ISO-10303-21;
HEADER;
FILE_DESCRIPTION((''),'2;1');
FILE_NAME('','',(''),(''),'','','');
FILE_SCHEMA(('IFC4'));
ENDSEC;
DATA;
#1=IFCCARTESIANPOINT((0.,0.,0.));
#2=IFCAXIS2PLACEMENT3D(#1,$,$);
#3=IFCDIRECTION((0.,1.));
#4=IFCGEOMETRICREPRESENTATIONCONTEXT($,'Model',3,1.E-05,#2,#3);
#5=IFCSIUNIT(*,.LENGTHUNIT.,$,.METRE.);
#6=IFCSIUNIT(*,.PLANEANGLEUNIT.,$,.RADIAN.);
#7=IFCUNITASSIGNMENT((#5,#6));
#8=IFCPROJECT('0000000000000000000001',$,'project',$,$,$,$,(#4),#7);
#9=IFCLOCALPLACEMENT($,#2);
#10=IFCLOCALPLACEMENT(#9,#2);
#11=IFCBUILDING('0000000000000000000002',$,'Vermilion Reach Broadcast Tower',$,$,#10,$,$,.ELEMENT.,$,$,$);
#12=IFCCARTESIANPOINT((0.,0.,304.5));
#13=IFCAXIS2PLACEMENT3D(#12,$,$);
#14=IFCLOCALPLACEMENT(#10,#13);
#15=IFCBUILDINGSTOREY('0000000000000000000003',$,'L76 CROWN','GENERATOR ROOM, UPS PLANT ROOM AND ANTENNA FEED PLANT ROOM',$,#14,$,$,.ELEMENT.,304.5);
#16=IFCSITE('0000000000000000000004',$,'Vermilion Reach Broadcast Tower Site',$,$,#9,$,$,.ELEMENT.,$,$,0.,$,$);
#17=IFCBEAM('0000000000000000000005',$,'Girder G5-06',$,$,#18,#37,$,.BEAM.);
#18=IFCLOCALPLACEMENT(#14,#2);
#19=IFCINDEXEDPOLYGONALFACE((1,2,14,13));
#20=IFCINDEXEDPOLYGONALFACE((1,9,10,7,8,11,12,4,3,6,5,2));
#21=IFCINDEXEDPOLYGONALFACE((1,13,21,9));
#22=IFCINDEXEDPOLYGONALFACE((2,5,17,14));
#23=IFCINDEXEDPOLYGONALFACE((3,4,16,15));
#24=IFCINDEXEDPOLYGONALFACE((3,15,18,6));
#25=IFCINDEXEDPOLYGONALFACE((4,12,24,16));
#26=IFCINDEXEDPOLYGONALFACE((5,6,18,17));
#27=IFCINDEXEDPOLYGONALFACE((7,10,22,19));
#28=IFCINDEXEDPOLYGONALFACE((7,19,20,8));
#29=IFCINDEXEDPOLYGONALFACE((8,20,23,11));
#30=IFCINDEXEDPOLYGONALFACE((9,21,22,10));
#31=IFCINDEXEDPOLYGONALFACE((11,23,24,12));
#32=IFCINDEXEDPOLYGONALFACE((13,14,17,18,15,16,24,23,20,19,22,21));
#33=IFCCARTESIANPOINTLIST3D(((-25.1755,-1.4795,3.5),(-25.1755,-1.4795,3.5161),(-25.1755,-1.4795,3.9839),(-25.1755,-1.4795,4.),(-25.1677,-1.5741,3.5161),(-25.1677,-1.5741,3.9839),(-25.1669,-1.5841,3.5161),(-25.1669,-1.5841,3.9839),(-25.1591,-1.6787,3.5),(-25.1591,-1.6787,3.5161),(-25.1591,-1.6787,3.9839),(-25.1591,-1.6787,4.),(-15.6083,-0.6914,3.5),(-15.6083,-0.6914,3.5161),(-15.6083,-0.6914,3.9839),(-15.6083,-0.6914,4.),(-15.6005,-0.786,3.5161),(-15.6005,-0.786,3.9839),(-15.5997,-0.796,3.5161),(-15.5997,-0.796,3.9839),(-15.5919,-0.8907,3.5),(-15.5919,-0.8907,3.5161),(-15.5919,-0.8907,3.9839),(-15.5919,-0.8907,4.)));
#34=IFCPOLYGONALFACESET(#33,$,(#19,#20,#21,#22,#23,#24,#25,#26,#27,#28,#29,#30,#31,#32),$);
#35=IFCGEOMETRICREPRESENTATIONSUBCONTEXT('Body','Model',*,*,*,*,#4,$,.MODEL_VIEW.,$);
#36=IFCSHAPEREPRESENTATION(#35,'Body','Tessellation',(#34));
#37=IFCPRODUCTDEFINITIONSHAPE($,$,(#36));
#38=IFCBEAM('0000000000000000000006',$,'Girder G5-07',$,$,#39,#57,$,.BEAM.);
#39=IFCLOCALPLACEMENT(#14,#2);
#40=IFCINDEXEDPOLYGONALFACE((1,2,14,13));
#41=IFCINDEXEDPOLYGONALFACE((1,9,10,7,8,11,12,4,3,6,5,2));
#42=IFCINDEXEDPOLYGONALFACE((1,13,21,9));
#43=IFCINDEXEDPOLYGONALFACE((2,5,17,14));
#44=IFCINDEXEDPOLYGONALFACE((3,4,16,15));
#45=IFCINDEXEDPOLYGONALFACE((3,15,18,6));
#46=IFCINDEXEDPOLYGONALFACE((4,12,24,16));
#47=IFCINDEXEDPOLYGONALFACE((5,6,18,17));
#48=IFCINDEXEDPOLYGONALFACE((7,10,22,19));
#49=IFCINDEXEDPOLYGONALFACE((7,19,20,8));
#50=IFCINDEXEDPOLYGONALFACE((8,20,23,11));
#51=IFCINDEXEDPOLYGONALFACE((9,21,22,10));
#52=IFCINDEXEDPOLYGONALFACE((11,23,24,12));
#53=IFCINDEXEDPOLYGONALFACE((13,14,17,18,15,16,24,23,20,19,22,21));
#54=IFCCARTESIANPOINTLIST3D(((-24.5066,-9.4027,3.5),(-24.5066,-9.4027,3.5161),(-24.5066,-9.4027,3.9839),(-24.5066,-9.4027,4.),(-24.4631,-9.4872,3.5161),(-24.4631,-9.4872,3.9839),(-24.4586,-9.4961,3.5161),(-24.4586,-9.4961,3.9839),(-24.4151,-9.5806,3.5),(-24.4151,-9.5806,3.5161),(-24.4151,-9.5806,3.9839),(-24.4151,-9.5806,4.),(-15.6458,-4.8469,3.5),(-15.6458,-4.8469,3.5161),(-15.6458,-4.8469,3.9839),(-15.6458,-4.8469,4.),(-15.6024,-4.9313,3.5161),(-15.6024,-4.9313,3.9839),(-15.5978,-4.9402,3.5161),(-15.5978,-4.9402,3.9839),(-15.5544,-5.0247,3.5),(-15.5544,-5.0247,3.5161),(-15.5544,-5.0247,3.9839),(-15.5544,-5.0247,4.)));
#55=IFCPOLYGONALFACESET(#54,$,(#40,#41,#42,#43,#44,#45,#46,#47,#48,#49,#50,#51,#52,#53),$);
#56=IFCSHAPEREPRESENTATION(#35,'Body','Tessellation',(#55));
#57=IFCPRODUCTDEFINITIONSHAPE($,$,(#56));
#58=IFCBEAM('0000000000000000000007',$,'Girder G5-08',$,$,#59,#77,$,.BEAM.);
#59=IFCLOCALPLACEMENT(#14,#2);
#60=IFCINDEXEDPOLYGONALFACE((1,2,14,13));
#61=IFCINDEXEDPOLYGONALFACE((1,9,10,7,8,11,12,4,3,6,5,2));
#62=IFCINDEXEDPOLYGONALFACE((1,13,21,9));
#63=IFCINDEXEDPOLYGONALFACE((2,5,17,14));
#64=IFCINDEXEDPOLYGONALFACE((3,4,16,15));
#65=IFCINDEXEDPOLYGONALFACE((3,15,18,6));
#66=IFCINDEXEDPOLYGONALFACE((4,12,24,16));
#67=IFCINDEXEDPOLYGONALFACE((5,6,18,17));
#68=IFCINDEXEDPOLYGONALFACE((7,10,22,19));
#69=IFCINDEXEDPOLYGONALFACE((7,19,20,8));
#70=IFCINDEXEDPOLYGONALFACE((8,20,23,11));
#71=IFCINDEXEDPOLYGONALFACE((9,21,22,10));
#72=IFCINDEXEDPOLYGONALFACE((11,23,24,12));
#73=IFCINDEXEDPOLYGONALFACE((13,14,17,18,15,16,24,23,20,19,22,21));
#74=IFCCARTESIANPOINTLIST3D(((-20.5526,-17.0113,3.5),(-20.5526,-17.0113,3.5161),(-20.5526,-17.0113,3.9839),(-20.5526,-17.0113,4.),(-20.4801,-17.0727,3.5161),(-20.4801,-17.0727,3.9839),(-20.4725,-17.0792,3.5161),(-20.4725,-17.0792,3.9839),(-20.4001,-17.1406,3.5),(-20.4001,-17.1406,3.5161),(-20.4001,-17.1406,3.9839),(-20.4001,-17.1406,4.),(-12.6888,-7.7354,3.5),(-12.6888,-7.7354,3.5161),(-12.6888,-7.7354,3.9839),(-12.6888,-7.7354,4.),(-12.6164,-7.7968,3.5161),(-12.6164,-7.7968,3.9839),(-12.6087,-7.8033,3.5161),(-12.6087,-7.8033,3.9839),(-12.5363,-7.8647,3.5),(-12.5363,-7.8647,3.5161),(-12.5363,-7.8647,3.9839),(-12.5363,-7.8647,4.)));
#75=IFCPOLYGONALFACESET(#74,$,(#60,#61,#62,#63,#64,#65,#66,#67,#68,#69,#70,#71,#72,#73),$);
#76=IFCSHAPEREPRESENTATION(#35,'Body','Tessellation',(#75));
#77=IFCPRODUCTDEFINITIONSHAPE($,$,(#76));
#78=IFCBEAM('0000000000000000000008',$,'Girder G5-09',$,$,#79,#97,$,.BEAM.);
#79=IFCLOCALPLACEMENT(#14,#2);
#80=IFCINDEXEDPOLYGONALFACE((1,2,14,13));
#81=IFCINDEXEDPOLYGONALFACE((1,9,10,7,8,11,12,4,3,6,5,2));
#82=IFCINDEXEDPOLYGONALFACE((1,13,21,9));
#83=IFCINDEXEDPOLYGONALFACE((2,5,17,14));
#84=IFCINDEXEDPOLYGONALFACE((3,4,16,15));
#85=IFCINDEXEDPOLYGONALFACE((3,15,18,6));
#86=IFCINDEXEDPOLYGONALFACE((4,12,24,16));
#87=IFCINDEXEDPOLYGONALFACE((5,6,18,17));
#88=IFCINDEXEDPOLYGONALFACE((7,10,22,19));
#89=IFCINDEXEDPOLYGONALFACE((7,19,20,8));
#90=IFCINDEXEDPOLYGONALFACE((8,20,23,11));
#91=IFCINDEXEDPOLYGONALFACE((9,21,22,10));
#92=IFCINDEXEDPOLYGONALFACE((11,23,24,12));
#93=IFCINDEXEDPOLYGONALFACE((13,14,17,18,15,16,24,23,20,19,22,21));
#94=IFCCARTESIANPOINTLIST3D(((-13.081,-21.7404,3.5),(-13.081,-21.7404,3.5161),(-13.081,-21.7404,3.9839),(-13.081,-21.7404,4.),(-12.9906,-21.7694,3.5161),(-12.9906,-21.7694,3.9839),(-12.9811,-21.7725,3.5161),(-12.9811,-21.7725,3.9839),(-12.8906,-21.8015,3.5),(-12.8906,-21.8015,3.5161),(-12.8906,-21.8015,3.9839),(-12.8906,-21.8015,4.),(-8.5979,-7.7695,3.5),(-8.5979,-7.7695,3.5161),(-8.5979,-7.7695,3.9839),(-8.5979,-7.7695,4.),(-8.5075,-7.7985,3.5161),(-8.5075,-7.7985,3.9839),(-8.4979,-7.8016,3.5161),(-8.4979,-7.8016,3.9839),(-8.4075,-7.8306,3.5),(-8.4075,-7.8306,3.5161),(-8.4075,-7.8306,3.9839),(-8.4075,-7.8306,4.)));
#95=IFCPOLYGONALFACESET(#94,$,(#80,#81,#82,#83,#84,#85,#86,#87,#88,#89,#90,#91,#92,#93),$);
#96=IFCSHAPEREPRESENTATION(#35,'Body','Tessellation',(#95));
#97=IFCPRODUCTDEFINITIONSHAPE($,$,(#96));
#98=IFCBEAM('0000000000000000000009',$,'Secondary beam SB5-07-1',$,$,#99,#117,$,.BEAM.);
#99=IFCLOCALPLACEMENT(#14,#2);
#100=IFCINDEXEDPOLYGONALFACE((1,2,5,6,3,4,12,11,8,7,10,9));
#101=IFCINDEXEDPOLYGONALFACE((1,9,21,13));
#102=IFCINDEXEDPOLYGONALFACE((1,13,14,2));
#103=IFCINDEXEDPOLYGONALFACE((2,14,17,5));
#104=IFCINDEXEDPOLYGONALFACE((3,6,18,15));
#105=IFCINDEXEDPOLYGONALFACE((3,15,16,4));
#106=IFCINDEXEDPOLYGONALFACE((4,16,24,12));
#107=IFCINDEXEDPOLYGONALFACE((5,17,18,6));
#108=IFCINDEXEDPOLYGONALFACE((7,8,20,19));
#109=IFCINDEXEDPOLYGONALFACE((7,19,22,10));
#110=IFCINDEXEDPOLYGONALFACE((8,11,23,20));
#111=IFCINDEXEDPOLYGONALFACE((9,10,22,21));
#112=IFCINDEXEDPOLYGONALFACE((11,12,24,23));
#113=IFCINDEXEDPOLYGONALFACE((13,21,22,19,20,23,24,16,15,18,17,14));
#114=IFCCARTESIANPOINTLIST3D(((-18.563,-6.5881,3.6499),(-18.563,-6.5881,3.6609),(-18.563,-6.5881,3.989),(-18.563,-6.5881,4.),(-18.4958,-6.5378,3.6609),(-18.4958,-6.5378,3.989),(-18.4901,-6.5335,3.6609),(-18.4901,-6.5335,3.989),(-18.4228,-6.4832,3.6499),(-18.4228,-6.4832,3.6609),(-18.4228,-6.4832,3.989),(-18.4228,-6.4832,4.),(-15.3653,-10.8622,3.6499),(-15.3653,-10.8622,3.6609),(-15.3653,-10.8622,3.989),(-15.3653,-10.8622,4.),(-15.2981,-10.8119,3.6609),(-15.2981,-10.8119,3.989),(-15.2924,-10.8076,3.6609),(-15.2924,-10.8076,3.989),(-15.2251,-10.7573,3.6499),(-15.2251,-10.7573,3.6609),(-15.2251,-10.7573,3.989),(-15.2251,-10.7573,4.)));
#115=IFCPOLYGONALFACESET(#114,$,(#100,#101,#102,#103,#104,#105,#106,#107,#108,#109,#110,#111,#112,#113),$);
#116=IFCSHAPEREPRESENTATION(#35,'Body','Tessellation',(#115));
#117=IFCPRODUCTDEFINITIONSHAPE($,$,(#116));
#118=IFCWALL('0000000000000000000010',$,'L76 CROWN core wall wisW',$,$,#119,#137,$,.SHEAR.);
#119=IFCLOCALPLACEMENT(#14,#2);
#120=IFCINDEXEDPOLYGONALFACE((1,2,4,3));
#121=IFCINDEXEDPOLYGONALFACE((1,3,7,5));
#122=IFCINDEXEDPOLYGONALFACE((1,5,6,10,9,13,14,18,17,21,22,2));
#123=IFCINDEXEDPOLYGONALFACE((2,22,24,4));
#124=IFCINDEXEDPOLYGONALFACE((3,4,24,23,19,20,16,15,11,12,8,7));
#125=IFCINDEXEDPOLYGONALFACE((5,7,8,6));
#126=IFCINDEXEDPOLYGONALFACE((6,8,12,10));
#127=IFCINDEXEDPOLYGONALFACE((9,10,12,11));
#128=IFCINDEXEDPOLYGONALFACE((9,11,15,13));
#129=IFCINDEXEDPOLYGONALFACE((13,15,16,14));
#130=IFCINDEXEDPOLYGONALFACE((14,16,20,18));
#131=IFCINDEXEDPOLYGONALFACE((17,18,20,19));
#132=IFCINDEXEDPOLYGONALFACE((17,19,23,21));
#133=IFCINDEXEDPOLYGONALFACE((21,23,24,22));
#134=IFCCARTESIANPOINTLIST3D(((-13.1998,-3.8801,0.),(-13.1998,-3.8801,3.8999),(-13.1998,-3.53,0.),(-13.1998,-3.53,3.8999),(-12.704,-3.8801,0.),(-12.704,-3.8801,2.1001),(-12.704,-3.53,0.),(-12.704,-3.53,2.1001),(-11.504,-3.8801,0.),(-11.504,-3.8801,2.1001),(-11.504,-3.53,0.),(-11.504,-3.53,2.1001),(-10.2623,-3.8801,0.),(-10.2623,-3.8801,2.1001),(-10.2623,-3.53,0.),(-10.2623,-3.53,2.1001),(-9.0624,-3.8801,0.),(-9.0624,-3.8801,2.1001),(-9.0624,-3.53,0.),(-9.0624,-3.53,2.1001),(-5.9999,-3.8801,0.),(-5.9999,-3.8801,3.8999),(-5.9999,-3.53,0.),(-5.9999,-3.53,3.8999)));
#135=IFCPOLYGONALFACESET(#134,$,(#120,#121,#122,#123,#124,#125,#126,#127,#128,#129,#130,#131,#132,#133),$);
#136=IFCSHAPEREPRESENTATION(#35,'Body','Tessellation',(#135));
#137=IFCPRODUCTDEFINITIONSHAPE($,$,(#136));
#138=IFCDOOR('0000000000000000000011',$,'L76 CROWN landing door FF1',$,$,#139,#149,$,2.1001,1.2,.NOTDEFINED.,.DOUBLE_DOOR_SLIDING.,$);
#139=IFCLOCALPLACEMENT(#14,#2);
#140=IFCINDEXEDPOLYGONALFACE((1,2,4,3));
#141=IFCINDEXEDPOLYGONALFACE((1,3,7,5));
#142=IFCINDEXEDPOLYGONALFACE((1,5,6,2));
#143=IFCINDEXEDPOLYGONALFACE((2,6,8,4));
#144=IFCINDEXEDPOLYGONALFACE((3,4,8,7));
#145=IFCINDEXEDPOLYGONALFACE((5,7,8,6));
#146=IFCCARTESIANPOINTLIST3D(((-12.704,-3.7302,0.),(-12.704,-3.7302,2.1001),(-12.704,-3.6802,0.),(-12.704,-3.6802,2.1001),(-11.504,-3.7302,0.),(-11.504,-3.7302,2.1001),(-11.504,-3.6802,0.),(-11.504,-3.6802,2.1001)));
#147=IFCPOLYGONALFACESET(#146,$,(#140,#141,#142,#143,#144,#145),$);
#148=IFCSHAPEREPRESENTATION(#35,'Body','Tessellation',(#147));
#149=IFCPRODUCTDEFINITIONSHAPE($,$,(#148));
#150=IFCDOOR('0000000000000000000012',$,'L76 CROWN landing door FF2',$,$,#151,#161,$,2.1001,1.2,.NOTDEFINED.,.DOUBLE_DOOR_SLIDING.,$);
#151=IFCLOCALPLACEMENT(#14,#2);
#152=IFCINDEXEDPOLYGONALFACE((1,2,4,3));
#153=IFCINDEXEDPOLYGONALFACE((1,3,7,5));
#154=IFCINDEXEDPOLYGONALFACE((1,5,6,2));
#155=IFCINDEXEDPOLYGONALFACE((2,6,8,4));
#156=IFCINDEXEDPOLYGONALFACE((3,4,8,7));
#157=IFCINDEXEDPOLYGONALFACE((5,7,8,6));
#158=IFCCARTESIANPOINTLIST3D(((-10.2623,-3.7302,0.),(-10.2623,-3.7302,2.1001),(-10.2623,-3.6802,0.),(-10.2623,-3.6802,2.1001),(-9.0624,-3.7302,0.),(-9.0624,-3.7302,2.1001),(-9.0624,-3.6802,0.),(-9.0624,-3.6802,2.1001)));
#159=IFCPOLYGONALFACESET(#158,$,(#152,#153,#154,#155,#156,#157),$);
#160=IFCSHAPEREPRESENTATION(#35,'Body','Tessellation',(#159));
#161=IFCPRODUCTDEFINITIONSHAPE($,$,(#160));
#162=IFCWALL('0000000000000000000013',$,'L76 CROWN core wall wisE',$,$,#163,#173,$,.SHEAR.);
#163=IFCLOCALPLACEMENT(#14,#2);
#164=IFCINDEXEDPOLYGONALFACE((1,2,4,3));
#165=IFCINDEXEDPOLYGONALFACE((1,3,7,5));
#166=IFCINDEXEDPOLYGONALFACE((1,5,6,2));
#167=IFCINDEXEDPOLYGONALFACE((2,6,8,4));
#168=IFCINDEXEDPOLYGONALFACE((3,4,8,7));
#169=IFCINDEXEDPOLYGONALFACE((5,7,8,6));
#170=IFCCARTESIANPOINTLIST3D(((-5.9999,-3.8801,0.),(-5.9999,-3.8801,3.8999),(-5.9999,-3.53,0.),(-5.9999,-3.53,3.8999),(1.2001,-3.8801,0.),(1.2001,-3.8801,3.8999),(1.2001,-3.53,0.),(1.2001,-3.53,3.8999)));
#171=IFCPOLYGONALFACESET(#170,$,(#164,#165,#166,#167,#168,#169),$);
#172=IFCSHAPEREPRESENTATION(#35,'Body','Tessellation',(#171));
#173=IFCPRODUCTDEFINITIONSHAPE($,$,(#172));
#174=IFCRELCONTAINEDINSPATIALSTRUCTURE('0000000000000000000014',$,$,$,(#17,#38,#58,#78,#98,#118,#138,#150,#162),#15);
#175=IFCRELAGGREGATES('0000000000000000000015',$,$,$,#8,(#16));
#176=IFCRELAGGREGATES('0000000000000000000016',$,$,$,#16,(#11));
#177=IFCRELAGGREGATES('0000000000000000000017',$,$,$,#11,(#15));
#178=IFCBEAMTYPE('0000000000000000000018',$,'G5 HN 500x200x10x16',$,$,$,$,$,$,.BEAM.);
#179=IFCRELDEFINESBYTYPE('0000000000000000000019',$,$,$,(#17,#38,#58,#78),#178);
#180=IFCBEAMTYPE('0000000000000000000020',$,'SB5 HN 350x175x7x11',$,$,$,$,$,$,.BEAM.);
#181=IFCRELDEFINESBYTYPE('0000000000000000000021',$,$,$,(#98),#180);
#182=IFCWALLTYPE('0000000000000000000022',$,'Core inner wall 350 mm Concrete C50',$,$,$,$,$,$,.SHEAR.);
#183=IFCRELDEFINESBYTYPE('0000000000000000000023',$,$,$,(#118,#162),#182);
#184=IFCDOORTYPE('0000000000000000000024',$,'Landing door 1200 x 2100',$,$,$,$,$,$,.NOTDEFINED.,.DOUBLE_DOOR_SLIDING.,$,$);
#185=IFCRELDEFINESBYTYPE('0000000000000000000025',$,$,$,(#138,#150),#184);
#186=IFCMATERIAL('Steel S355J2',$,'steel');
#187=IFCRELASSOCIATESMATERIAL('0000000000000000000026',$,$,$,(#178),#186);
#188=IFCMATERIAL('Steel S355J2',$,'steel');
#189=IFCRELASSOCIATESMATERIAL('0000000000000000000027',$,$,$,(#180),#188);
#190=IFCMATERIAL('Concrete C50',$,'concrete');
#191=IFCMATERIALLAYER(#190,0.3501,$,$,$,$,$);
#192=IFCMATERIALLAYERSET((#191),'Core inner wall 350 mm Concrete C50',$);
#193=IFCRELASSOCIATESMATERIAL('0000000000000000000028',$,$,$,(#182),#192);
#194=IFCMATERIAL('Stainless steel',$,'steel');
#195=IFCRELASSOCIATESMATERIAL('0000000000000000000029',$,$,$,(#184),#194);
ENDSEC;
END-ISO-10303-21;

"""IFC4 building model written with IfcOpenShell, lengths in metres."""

from ifc_helpers import new_model, si_unit, direction, frame, frame_2d, origin, origin_2d, place, context, subcontext, project, spatial, rectangle, i_section, extrude, material, layer, layer_set, material_profile, profile_set, type_object, element, fill, save


model = new_model("IFC4")

# Units and contexts
model_context = context("Model", 3, precision=1e-05, world=origin(), true_north=direction((0.0, 1.0)))
body_context = subcontext(model_context, "Body", "Model", "MODEL_VIEW")
ifc_project = project(units=[si_unit("LENGTHUNIT", "METRE"), si_unit("PLANEANGLEUNIT", "RADIAN")], contexts=[model_context])

# Site, building, storey
site_placement = place(None, origin())
site = spatial("IfcSite", under=ifc_project, at=site_placement, Name="Vermilion Reach Broadcast Tower Site", CompositionType="ELEMENT", RefElevation=0.0)
building_placement = place(site_placement, origin())
building = spatial("IfcBuilding", under=site, at=building_placement, Name="Vermilion Reach Broadcast Tower", CompositionType="ELEMENT")
storey_placement = place(building_placement, frame((0.0, 0.0, 304.5)))
storey = spatial("IfcBuildingStorey", under=building, at=storey_placement, Name="L76 CROWN", Description="GENERATOR ROOM, UPS PLANT ROOM AND ANTENNA FEED PLANT ROOM", CompositionType="ELEMENT", Elevation=304.5)

# Beams
ifc_material_1 = material(Name="Steel S355J2", Category="steel")
ifc_material_profile_1 = material_profile(ifc_material_1, i_section(OverallWidth=0.2, OverallDepth=0.5, WebThickness=0.01, FlangeThickness=0.0161, at=origin_2d()), Name="S355J2 HN 500x200x10x16")
ifc_profile_set_1 = profile_set([ifc_material_profile_1], Name="Steel S355J2")
beam_type_1 = type_object("IfcBeamType", Name="G5 HN 500x200x10x16", PredefinedType="BEAM", material=ifc_profile_set_1)
beam_1_placement = place(storey_placement, frame((-15.6001, -0.791, 3.75), z_axis=(-0.996624, -0.082096, 0.0), x_axis=(0.082096, -0.996624, 0.0)))
element("IfcBeam", 1, at=beam_1_placement, inside=storey, type_object=beam_type_1, Name="Girder G5-06", PredefinedType="BEAM", context=body_context, shape_type="SweptSolid", body=[
    extrude(i_section(OverallWidth=0.2, OverallDepth=0.5, WebThickness=0.01, FlangeThickness=0.0161, at=origin_2d()), origin(), (0.0, 0.0, 1.0), 9.5996),
])
beam_2_placement = place(storey_placement, frame((-15.6001, -4.9358, 3.75), z_axis=(-0.889333, -0.457261, 0.0), x_axis=(0.457261, -0.889333, 0.0)))
element("IfcBeam", 2, at=beam_2_placement, inside=storey, type_object=beam_type_1, Name="Girder G5-07", PredefinedType="BEAM", context=body_context, shape_type="SweptSolid", body=[
    extrude(i_section(OverallWidth=0.2, OverallDepth=0.5, WebThickness=0.01, FlangeThickness=0.0161, at=origin_2d()), origin(), (0.0, 0.0, 1.0), 9.9634),
])
beam_3_placement = place(storey_placement, frame((-12.6125, -7.8, 3.75), z_axis=(-0.646658, -0.76278, 0.0), x_axis=(0.76278, -0.646658, 0.0)))
element("IfcBeam", 3, at=beam_3_placement, inside=storey, type_object=beam_type_1, Name="Girder G5-08", PredefinedType="BEAM", context=body_context, shape_type="SweptSolid", body=[
    extrude(i_section(OverallWidth=0.2, OverallDepth=0.5, WebThickness=0.01, FlangeThickness=0.0161, at=origin_2d()), origin(), (0.0, 0.0, 1.0), 12.1606),
])
beam_4_placement = place(storey_placement, frame((-8.5027, -7.8, 3.75), z_axis=(-0.305545, -0.952178, 0.0), x_axis=(0.952178, -0.305545, 0.0)))
element("IfcBeam", 4, at=beam_4_placement, inside=storey, type_object=beam_type_1, Name="Girder G5-09", PredefinedType="BEAM", context=body_context, shape_type="SweptSolid", body=[
    extrude(i_section(OverallWidth=0.2, OverallDepth=0.5, WebThickness=0.01, FlangeThickness=0.0161, at=origin_2d()), origin(), (0.0, 0.0, 1.0), 14.6726),
])
ifc_material_2 = material(Name="Steel S355J2", Category="steel")
ifc_material_profile_2 = material_profile(ifc_material_2, i_section(OverallWidth=0.175, OverallDepth=0.3501, WebThickness=0.0071, FlangeThickness=0.011, at=origin_2d()), Name="S355J2 HN 350x175x7x11")
ifc_profile_set_2 = profile_set([ifc_material_profile_2], Name="Steel S355J2")
beam_type_2 = type_object("IfcBeamType", Name="SB5 HN 350x175x7x11", PredefinedType="BEAM", material=ifc_profile_set_2)
beam_5_placement = place(storey_placement, frame((-18.4929, -6.5356, 3.825), z_axis=(0.599056, -0.800707, 0.0), x_axis=(0.800707, 0.599056, 0.0)))
element("IfcBeam", 5, at=beam_5_placement, inside=storey, type_object=beam_type_2, Name="Secondary beam SB5-07-1", PredefinedType="BEAM", context=body_context, shape_type="SweptSolid", body=[
    extrude(i_section(OverallWidth=0.175, OverallDepth=0.3501, WebThickness=0.0071, FlangeThickness=0.011, at=origin_2d()), origin(), (0.0, 0.0, 1.0), 5.3379),
])

# Wall, openings, doors
ifc_material_3 = material(Name="Concrete C50", Category="concrete")
ifc_layer_1 = layer(ifc_material_3, 0.3501)
ifc_layer_set_1 = layer_set([ifc_layer_1], Name="Core inner wall 350 mm Concrete C50")
wall_type_1 = type_object("IfcWallType", Name="Core inner wall 350 mm Concrete C50", PredefinedType="SHEAR", material=ifc_layer_set_1)
wall_1_placement = place(storey_placement, frame((-13.2, -3.7051, 0.0), z_axis=(0.0, 0.0, 1.0), x_axis=(1.0, 0.0, 0.0)))
wall_1 = element("IfcWall", 6, at=wall_1_placement, inside=storey, type_object=wall_type_1, Name="L76 CROWN core wall wisW", PredefinedType="SHEAR", context=body_context, shape_type="SweptSolid", body=[
    extrude(rectangle(XDim=7.2, YDim=0.3501, at=frame_2d((3.6001, 0.0))), origin(), (0.0, 0.0, 1.0), 3.8999),
])
opening_1_placement = place(wall_1_placement, frame((0.4958, 0.0, 0.0)))
opening_1 = element("IfcOpeningElement", 7, at=opening_1_placement, cuts=wall_1, PredefinedType="OPENING", context=body_context, shape_type="SweptSolid", body=[
    extrude(rectangle(XDim=1.2, YDim=2.1001, at=frame_2d((0.6001, 1.05))), frame((0.0, 0.1851, 0.0), z_axis=(0.0, -1.0, 0.0), x_axis=(1.0, 0.0, 0.0)), (0.0, 0.0, 1.0), 0.3701),
])
opening_2_placement = place(wall_1_placement, frame((2.9375, 0.0, 0.0)))
opening_2 = element("IfcOpeningElement", 8, at=opening_2_placement, cuts=wall_1, PredefinedType="OPENING", context=body_context, shape_type="SweptSolid", body=[
    extrude(rectangle(XDim=1.2, YDim=2.1001, at=frame_2d((0.6001, 1.05))), frame((0.0, 0.1851, 0.0), z_axis=(0.0, -1.0, 0.0), x_axis=(1.0, 0.0, 0.0)), (0.0, 0.0, 1.0), 0.3701),
])
ifc_material_4 = material(Name="Stainless steel", Category="steel")
door_type_1 = type_object("IfcDoorType", Name="Landing door 1200 x 2100", OperationType="DOUBLE_DOOR_SLIDING", PredefinedType="NOTDEFINED", material=ifc_material_4)
door_1_placement = place(opening_1_placement, origin())
door_1 = element("IfcDoor", 9, at=door_1_placement, inside=storey, type_object=door_type_1, Name="L76 CROWN landing door FF1", OperationType="DOUBLE_DOOR_SLIDING", OverallHeight=2.1001, OverallWidth=1.2, PredefinedType="NOTDEFINED", context=body_context, shape_type="SweptSolid", body=[
    extrude(rectangle(XDim=1.2, YDim=2.1001, at=frame_2d((0.6001, 1.05))), frame((0.0, 0.0249, 0.0), z_axis=(0.0, -1.0, 0.0), x_axis=(1.0, 0.0, 0.0)), (0.0, 0.0, 1.0), 0.05),
])
fill(opening_1, door_1)
door_2_placement = place(opening_2_placement, origin())
door_2 = element("IfcDoor", 10, at=door_2_placement, inside=storey, type_object=door_type_1, Name="L76 CROWN landing door FF2", OperationType="DOUBLE_DOOR_SLIDING", OverallHeight=2.1001, OverallWidth=1.2, PredefinedType="NOTDEFINED", context=body_context, shape_type="SweptSolid", body=[
    extrude(rectangle(XDim=1.2, YDim=2.1001, at=frame_2d((0.6001, 1.05))), frame((0.0, 0.0249, 0.0), z_axis=(0.0, -1.0, 0.0), x_axis=(1.0, 0.0, 0.0)), (0.0, 0.0, 1.0), 0.05),
])
fill(opening_2, door_2)

# Wall
wall_2_placement = place(storey_placement, frame((-6.0, -3.7051, 0.0), z_axis=(0.0, 0.0, 1.0), x_axis=(1.0, 0.0, 0.0)))
element("IfcWall", 11, at=wall_2_placement, inside=storey, type_object=wall_type_1, Name="L76 CROWN core wall wisE", PredefinedType="SHEAR", context=body_context, shape_type="SweptSolid", body=[
    extrude(rectangle(XDim=7.2, YDim=0.3501, at=frame_2d((3.6001, 0.0))), origin(), (0.0, 0.0, 1.0), 3.8999),
])

save(model, "model.ifc")
